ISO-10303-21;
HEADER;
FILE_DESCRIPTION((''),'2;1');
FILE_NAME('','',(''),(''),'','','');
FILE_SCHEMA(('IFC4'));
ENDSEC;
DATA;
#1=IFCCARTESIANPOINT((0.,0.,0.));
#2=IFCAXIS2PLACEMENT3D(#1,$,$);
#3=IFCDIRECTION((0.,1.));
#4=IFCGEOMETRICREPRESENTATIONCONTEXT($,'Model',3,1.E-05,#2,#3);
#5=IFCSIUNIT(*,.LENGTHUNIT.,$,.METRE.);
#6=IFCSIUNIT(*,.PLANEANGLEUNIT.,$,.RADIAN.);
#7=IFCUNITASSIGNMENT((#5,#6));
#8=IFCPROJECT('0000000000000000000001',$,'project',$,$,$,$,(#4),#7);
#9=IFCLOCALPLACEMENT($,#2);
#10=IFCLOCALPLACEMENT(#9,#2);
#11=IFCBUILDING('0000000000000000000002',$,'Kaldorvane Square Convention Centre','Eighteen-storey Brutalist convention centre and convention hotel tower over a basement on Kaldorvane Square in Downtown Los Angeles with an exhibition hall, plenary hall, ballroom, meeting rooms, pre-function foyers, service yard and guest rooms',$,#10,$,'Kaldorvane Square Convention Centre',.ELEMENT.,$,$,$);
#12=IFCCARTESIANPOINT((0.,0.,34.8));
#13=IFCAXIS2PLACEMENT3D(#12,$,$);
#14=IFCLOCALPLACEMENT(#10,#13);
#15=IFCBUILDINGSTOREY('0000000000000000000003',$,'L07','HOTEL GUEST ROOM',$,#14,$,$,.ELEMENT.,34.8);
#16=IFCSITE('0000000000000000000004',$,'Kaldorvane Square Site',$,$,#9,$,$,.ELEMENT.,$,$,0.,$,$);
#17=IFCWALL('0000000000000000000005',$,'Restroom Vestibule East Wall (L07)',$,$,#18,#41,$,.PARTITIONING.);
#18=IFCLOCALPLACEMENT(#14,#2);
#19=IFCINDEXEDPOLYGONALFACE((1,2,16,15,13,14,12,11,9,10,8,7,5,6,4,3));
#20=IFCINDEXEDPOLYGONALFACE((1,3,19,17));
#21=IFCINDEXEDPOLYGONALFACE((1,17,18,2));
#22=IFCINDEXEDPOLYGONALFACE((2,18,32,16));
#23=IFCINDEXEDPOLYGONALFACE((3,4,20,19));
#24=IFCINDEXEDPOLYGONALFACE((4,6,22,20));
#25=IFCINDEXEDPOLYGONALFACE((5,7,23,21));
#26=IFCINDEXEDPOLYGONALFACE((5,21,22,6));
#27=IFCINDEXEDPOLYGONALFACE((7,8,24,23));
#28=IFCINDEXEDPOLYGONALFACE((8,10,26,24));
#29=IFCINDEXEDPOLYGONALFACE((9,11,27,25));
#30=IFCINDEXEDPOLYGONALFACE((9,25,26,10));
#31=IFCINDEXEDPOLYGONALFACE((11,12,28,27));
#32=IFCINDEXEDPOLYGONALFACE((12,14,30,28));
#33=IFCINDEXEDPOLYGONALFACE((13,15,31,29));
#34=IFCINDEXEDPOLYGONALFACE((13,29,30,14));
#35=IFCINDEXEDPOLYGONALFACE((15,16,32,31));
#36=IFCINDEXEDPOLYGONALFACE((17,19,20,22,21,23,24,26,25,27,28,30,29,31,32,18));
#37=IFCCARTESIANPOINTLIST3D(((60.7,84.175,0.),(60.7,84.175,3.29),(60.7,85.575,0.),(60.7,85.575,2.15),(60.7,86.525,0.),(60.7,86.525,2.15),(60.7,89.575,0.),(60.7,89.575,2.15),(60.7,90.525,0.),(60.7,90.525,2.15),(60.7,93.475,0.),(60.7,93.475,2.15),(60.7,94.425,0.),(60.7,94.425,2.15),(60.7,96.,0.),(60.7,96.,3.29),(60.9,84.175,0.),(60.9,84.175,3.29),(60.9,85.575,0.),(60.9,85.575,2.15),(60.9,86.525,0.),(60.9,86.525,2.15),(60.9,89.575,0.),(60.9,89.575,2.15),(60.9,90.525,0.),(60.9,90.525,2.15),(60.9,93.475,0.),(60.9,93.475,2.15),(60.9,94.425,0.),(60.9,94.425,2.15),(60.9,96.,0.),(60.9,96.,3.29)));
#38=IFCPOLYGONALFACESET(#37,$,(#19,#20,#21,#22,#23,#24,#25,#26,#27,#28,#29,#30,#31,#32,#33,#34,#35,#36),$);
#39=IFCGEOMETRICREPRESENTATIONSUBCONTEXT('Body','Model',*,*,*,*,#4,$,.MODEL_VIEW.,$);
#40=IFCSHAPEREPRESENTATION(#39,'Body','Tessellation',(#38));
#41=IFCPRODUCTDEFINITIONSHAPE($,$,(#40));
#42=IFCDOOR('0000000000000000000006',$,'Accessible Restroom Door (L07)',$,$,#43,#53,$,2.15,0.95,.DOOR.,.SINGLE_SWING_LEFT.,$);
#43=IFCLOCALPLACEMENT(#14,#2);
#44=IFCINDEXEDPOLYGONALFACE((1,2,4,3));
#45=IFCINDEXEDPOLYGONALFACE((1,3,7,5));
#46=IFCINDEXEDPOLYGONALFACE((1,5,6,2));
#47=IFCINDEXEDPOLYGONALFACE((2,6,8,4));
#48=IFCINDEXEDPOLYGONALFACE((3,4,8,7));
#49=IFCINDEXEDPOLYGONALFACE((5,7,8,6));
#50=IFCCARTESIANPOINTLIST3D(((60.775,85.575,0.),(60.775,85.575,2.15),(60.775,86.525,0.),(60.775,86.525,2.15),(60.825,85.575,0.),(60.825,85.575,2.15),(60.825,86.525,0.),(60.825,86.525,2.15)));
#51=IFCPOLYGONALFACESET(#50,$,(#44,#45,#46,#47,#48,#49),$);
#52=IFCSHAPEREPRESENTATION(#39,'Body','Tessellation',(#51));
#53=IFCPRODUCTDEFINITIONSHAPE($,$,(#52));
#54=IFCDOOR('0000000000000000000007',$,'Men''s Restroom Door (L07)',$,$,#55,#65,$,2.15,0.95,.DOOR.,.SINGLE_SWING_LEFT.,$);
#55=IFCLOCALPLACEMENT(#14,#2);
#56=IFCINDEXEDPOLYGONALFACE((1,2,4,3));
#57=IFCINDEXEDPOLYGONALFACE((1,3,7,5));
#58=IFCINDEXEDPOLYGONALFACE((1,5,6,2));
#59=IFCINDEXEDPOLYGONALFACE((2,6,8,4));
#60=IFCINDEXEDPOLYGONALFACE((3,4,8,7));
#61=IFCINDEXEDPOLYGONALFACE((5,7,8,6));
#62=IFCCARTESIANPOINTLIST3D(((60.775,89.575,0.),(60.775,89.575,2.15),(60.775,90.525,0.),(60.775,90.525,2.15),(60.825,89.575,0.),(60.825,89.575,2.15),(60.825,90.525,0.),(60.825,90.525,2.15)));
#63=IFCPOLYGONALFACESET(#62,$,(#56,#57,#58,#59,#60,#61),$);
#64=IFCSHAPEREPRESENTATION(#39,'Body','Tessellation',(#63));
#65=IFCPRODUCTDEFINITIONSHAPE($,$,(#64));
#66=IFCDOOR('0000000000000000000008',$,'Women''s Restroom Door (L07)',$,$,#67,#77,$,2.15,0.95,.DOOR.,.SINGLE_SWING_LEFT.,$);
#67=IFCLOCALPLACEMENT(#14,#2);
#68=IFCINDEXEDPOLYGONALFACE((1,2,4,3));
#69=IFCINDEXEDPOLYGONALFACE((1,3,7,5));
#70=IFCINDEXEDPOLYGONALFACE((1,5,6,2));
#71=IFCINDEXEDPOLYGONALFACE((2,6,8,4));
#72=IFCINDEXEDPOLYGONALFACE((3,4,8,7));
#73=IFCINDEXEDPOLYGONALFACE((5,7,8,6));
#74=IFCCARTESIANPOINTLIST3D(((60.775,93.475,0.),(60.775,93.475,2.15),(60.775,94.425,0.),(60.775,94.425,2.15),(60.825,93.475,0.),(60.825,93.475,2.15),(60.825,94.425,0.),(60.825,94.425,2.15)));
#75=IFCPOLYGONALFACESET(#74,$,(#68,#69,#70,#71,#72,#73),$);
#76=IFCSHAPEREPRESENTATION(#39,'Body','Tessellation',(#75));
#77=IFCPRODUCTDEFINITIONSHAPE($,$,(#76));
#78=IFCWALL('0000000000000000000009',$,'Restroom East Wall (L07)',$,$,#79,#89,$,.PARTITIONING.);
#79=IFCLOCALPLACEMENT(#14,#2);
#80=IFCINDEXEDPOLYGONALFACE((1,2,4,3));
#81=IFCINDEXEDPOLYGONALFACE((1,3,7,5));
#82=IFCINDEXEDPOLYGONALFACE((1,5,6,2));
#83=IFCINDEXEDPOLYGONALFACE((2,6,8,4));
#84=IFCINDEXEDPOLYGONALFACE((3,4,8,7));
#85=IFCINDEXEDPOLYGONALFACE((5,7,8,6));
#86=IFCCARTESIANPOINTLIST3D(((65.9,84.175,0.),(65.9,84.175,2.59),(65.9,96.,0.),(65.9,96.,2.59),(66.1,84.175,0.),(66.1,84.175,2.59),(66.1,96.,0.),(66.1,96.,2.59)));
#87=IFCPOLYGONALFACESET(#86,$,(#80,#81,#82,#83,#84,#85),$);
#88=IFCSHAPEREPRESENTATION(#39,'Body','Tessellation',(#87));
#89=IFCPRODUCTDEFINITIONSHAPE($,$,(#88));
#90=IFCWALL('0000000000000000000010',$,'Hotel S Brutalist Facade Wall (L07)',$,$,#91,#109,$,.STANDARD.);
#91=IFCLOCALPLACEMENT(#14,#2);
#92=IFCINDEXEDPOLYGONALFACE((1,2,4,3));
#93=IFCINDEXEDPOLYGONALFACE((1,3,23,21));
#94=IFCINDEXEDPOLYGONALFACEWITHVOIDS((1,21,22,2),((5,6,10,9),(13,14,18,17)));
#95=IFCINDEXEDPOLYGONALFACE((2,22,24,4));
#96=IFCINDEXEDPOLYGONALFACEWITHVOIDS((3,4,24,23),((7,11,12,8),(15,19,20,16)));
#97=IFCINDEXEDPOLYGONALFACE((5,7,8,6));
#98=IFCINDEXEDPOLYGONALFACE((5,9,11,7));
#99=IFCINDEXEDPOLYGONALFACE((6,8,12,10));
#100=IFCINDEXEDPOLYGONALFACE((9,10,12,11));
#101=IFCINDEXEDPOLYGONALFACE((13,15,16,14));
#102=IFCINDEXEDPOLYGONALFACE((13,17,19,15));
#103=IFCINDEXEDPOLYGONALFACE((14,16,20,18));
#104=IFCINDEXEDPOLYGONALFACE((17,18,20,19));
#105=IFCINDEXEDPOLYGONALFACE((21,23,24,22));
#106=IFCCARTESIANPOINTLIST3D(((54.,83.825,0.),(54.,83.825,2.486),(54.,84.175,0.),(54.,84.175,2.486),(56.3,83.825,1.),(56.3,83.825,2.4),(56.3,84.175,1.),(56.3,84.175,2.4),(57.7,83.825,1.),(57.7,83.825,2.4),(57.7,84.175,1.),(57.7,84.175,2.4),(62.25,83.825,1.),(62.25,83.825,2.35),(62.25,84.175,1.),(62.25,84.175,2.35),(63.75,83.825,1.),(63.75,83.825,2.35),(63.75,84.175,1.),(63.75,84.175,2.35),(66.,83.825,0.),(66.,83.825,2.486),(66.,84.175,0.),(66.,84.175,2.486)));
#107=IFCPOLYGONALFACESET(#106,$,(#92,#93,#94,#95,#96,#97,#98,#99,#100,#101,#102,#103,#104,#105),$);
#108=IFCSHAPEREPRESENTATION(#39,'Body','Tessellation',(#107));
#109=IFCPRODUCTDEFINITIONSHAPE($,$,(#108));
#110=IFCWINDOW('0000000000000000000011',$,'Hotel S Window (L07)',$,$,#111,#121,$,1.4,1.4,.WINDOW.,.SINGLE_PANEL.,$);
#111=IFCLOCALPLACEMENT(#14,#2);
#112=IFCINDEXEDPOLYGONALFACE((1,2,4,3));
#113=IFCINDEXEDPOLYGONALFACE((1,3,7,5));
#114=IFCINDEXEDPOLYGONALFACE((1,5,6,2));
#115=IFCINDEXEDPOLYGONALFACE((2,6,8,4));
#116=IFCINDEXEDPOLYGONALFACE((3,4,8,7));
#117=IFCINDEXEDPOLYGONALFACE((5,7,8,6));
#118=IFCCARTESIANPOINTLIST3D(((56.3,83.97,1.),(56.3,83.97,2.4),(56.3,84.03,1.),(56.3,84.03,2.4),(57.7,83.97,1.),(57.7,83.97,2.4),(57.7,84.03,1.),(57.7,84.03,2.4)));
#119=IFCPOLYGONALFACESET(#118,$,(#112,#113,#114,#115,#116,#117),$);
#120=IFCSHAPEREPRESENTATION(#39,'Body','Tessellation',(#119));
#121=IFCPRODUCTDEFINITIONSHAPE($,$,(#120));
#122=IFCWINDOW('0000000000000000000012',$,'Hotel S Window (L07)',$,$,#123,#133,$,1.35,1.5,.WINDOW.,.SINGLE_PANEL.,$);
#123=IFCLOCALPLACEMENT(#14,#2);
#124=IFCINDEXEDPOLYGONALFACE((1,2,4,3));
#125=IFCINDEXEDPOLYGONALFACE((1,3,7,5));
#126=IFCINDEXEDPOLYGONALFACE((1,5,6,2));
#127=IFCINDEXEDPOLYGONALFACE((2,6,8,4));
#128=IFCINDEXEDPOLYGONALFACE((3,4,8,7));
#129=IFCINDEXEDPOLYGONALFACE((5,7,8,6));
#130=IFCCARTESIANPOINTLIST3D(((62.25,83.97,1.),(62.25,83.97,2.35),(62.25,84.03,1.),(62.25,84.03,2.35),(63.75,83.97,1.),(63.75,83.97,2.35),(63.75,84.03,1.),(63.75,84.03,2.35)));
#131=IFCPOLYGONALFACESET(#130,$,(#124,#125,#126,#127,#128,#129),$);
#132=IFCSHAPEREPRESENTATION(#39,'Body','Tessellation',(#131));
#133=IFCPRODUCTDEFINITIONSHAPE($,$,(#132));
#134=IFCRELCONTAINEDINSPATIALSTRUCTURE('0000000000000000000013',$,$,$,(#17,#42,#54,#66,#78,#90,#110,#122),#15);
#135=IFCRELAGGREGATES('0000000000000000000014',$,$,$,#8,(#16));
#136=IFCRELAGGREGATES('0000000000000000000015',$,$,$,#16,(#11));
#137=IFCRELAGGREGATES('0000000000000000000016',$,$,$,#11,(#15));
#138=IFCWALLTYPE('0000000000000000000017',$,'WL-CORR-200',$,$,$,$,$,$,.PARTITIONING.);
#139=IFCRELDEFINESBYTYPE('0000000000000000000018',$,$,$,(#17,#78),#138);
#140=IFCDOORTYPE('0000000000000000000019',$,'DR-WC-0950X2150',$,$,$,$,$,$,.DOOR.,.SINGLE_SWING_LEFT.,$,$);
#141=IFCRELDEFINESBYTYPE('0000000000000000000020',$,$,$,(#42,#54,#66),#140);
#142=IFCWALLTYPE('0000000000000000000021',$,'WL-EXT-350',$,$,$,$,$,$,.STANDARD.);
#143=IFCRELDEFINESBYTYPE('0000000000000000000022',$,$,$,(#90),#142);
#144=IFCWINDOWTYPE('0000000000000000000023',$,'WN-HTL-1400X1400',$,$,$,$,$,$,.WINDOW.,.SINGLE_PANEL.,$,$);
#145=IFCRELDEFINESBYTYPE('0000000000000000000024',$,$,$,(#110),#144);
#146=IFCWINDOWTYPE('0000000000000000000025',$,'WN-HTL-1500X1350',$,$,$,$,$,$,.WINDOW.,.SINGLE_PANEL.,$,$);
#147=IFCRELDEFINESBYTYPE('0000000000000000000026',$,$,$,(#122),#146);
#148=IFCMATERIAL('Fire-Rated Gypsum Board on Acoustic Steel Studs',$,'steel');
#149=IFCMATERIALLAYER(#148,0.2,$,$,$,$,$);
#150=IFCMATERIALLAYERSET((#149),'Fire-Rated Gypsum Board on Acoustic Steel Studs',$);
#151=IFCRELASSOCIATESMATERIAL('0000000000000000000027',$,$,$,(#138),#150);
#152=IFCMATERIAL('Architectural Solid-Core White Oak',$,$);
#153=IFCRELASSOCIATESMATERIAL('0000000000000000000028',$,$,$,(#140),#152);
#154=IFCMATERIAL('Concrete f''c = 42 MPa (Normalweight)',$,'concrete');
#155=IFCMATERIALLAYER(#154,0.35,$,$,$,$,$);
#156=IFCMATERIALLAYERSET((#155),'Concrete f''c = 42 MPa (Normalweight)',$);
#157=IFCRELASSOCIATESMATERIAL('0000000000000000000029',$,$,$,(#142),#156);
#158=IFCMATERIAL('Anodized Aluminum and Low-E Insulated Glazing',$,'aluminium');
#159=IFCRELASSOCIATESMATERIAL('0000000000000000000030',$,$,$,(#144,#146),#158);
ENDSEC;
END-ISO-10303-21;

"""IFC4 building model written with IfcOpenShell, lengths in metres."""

from ifc_helpers import new_model, si_unit, direction, frame, frame_2d, origin, place, context, subcontext, project, spatial, rectangle, extrude, material, layer, layer_set, type_object, element, fill, save


model = new_model("IFC4")

# Units and contexts
model_context = context("Model", 3, precision=1e-05, world=origin(), true_north=direction((0.0, 1.0)))
body_context = subcontext(model_context, "Body", "Model", "MODEL_VIEW")
ifc_project = project(units=[si_unit("LENGTHUNIT", "METRE"), si_unit("PLANEANGLEUNIT", "RADIAN")], contexts=[model_context])

# Site, building, storey
site_placement = place(None, origin())
site = spatial("IfcSite", under=ifc_project, at=site_placement, Name="Kaldorvane Square Site", CompositionType="ELEMENT", RefElevation=0.0)
building_placement = place(site_placement, origin())
building = spatial("IfcBuilding", under=site, at=building_placement, Name="Kaldorvane Square Convention Centre", Description="Eighteen-storey Brutalist convention centre and convention hotel tower over a basement on Kaldorvane Square in Downtown Los Angeles with an exhibition hall, plenary hall, ballroom, meeting rooms, pre-function foyers, service yard and guest rooms", LongName="Kaldorvane Square Convention Centre", CompositionType="ELEMENT")
storey_placement = place(building_placement, frame((0.0, 0.0, 34.8)))
storey = spatial("IfcBuildingStorey", under=building, at=storey_placement, Name="L07", Description="HOTEL GUEST ROOM", CompositionType="ELEMENT", Elevation=34.8)

# Shared definitions
ifc_material_1 = material(Name="Concrete f'c = 42 MPa (Normalweight)", Category="concrete")

# Shared definitions
ifc_material_2 = material(Name="Fire-Rated Gypsum Board on Acoustic Steel Studs", Category="steel")
ifc_layer_1 = layer(ifc_material_2, 0.2)
ifc_layer_set_1 = layer_set([ifc_layer_1], Name="Fire-Rated Gypsum Board on Acoustic Steel Studs")
wall_type_1 = type_object("IfcWallType", Name="WL-CORR-200", PredefinedType="PARTITIONING", material=ifc_layer_set_1)

# Wall, openings, doors
wall_1_placement = place(storey_placement, frame((60.8, 84.175, 0.0), z_axis=(0.0, 0.0, 1.0), x_axis=(0.0, 1.0, 0.0)))
wall_1 = element("IfcWall", 1, at=wall_1_placement, inside=storey, type_object=wall_type_1, Name="Restroom Vestibule East Wall (L07)", PredefinedType="PARTITIONING", context=body_context, shape_type="SweptSolid", body=[
    extrude(rectangle(XDim=11.825, YDim=0.2, at=frame_2d((5.9125, 0.0))), origin(), (0.0, 0.0, 1.0), 3.29),
])
opening_1_placement = place(wall_1_placement, frame((1.4, 0.0, 0.0)))
opening_1 = element("IfcOpeningElement", 2, at=opening_1_placement, cuts=wall_1, PredefinedType="OPENING", context=body_context, shape_type="SweptSolid", body=[
    extrude(rectangle(XDim=0.95, YDim=2.15, at=frame_2d((0.475, 1.075))), frame((0.0, 0.115, 0.0), z_axis=(0.0, -1.0, 0.0), x_axis=(1.0, 0.0, 0.0)), (0.0, 0.0, 1.0), 0.23),
])
opening_2_placement = place(wall_1_placement, frame((5.4, 0.0, 0.0)))
opening_2 = element("IfcOpeningElement", 3, at=opening_2_placement, cuts=wall_1, PredefinedType="OPENING", context=body_context, shape_type="SweptSolid", body=[
    extrude(rectangle(XDim=0.95, YDim=2.15, at=frame_2d((0.475, 1.075))), frame((0.0, 0.115, 0.0), z_axis=(0.0, -1.0, 0.0), x_axis=(1.0, 0.0, 0.0)), (0.0, 0.0, 1.0), 0.23),
])
opening_3_placement = place(wall_1_placement, frame((9.3, 0.0, 0.0)))
opening_3 = element("IfcOpeningElement", 4, at=opening_3_placement, cuts=wall_1, PredefinedType="OPENING", context=body_context, shape_type="SweptSolid", body=[
    extrude(rectangle(XDim=0.95, YDim=2.15, at=frame_2d((0.475, 1.075))), frame((0.0, 0.115, 0.0), z_axis=(0.0, -1.0, 0.0), x_axis=(1.0, 0.0, 0.0)), (0.0, 0.0, 1.0), 0.23),
])
ifc_material_3 = material(Name="Architectural Solid-Core White Oak")
door_type_1 = type_object("IfcDoorType", Name="DR-WC-0950X2150", OperationType="SINGLE_SWING_LEFT", PredefinedType="DOOR", material=ifc_material_3)
door_1_placement = place(opening_1_placement, origin())
door_1 = element("IfcDoor", 5, at=door_1_placement, inside=storey, type_object=door_type_1, Name="Accessible Restroom Door (L07)", OperationType="SINGLE_SWING_LEFT", OverallHeight=2.15, OverallWidth=0.95, PredefinedType="DOOR", context=body_context, shape_type="SweptSolid", body=[
    extrude(rectangle(XDim=0.95, YDim=2.15, at=frame_2d((0.475, 1.075))), frame((0.0, 0.025, 0.0), z_axis=(0.0, -1.0, 0.0), x_axis=(1.0, 0.0, 0.0)), (0.0, 0.0, 1.0), 0.05),
])
fill(opening_1, door_1)
door_2_placement = place(opening_2_placement, origin())
door_2 = element("IfcDoor", 6, at=door_2_placement, inside=storey, type_object=door_type_1, Name="Men's Restroom Door (L07)", OperationType="SINGLE_SWING_LEFT", OverallHeight=2.15, OverallWidth=0.95, PredefinedType="DOOR", context=body_context, shape_type="SweptSolid", body=[
    extrude(rectangle(XDim=0.95, YDim=2.15, at=frame_2d((0.475, 1.075))), frame((0.0, 0.025, 0.0), z_axis=(0.0, -1.0, 0.0), x_axis=(1.0, 0.0, 0.0)), (0.0, 0.0, 1.0), 0.05),
])
fill(opening_2, door_2)
door_3_placement = place(opening_3_placement, origin())
door_3 = element("IfcDoor", 7, at=door_3_placement, inside=storey, type_object=door_type_1, Name="Women's Restroom Door (L07)", OperationType="SINGLE_SWING_LEFT", OverallHeight=2.15, OverallWidth=0.95, PredefinedType="DOOR", context=body_context, shape_type="SweptSolid", body=[
    extrude(rectangle(XDim=0.95, YDim=2.15, at=frame_2d((0.475, 1.075))), frame((0.0, 0.025, 0.0), z_axis=(0.0, -1.0, 0.0), x_axis=(1.0, 0.0, 0.0)), (0.0, 0.0, 1.0), 0.05),
])
fill(opening_3, door_3)

# Wall
wall_2_placement = place(storey_placement, frame((66.0, 84.175, 0.0), z_axis=(0.0, 0.0, 1.0), x_axis=(0.0, 1.0, 0.0)))
element("IfcWall", 8, at=wall_2_placement, inside=storey, type_object=wall_type_1, Name="Restroom East Wall (L07)", PredefinedType="PARTITIONING", context=body_context, shape_type="SweptSolid", body=[
    extrude(rectangle(XDim=11.825, YDim=0.2, at=frame_2d((5.9125, 0.0))), origin(), (0.0, 0.0, 1.0), 2.59),
])

# Wall, openings, windows
ifc_layer_2 = layer(ifc_material_1, 0.35)
ifc_layer_set_2 = layer_set([ifc_layer_2], Name="Concrete f'c = 42 MPa (Normalweight)")
wall_type_2 = type_object("IfcWallType", Name="WL-EXT-350", PredefinedType="STANDARD", material=ifc_layer_set_2)
wall_3_placement = place(storey_placement, frame((54.0, 84.0, 0.0), z_axis=(0.0, 0.0, 1.0), x_axis=(1.0, 0.0, 0.0)))
wall_3 = element("IfcWall", 9, at=wall_3_placement, inside=storey, type_object=wall_type_2, Name="Hotel S Brutalist Facade Wall (L07)", PredefinedType="STANDARD", context=body_context, shape_type="SweptSolid", body=[
    extrude(rectangle(XDim=12.0, YDim=0.35, at=frame_2d((6.0, 0.0))), origin(), (0.0, 0.0, 1.0), 2.486),
])
opening_4_placement = place(wall_3_placement, frame((2.3, 0.0, 1.0)))
opening_4 = element("IfcOpeningElement", 10, at=opening_4_placement, cuts=wall_3, PredefinedType="OPENING", context=body_context, shape_type="SweptSolid", body=[
    extrude(rectangle(XDim=1.4, YDim=1.4, at=frame_2d((0.7, 0.7))), frame((0.0, 0.19, 0.0), z_axis=(0.0, -1.0, 0.0), x_axis=(1.0, 0.0, 0.0)), (0.0, 0.0, 1.0), 0.38),
])
opening_5_placement = place(wall_3_placement, frame((8.25, 0.0, 1.0)))
opening_5 = element("IfcOpeningElement", 11, at=opening_5_placement, cuts=wall_3, PredefinedType="OPENING", context=body_context, shape_type="SweptSolid", body=[
    extrude(rectangle(XDim=1.5, YDim=1.35, at=frame_2d((0.75, 0.675))), frame((0.0, 0.19, 0.0), z_axis=(0.0, -1.0, 0.0), x_axis=(1.0, 0.0, 0.0)), (0.0, 0.0, 1.0), 0.38),
])
ifc_material_4 = material(Name="Anodized Aluminum and Low-E Insulated Glazing", Category="aluminium")
window_type_1 = type_object("IfcWindowType", Name="WN-HTL-1400X1400", PartitioningType="SINGLE_PANEL", PredefinedType="WINDOW", material=ifc_material_4)
window_1_placement = place(opening_4_placement, origin())
window_1 = element("IfcWindow", 12, at=window_1_placement, inside=storey, type_object=window_type_1, Name="Hotel S Window (L07)", OverallHeight=1.4, OverallWidth=1.4, PartitioningType="SINGLE_PANEL", PredefinedType="WINDOW", context=body_context, shape_type="SweptSolid", body=[
    extrude(rectangle(XDim=1.4, YDim=1.4, at=frame_2d((0.7, 0.7))), frame((0.0, 0.03, 0.0), z_axis=(0.0, -1.0, 0.0), x_axis=(1.0, 0.0, 0.0)), (0.0, 0.0, 1.0), 0.06),
])
fill(opening_4, window_1)
window_type_2 = type_object("IfcWindowType", Name="WN-HTL-1500X1350", PartitioningType="SINGLE_PANEL", PredefinedType="WINDOW", material=ifc_material_4)
window_2_placement = place(opening_5_placement, origin())
window_2 = element("IfcWindow", 13, at=window_2_placement, inside=storey, type_object=window_type_2, Name="Hotel S Window (L07)", OverallHeight=1.35, OverallWidth=1.5, PartitioningType="SINGLE_PANEL", PredefinedType="WINDOW", context=body_context, shape_type="SweptSolid", body=[
    extrude(rectangle(XDim=1.5, YDim=1.35, at=frame_2d((0.75, 0.675))), frame((0.0, 0.03, 0.0), z_axis=(0.0, -1.0, 0.0), x_axis=(1.0, 0.0, 0.0)), (0.0, 0.0, 1.0), 0.06),
])
fill(opening_5, window_2)

save(model, "model.ifc")
